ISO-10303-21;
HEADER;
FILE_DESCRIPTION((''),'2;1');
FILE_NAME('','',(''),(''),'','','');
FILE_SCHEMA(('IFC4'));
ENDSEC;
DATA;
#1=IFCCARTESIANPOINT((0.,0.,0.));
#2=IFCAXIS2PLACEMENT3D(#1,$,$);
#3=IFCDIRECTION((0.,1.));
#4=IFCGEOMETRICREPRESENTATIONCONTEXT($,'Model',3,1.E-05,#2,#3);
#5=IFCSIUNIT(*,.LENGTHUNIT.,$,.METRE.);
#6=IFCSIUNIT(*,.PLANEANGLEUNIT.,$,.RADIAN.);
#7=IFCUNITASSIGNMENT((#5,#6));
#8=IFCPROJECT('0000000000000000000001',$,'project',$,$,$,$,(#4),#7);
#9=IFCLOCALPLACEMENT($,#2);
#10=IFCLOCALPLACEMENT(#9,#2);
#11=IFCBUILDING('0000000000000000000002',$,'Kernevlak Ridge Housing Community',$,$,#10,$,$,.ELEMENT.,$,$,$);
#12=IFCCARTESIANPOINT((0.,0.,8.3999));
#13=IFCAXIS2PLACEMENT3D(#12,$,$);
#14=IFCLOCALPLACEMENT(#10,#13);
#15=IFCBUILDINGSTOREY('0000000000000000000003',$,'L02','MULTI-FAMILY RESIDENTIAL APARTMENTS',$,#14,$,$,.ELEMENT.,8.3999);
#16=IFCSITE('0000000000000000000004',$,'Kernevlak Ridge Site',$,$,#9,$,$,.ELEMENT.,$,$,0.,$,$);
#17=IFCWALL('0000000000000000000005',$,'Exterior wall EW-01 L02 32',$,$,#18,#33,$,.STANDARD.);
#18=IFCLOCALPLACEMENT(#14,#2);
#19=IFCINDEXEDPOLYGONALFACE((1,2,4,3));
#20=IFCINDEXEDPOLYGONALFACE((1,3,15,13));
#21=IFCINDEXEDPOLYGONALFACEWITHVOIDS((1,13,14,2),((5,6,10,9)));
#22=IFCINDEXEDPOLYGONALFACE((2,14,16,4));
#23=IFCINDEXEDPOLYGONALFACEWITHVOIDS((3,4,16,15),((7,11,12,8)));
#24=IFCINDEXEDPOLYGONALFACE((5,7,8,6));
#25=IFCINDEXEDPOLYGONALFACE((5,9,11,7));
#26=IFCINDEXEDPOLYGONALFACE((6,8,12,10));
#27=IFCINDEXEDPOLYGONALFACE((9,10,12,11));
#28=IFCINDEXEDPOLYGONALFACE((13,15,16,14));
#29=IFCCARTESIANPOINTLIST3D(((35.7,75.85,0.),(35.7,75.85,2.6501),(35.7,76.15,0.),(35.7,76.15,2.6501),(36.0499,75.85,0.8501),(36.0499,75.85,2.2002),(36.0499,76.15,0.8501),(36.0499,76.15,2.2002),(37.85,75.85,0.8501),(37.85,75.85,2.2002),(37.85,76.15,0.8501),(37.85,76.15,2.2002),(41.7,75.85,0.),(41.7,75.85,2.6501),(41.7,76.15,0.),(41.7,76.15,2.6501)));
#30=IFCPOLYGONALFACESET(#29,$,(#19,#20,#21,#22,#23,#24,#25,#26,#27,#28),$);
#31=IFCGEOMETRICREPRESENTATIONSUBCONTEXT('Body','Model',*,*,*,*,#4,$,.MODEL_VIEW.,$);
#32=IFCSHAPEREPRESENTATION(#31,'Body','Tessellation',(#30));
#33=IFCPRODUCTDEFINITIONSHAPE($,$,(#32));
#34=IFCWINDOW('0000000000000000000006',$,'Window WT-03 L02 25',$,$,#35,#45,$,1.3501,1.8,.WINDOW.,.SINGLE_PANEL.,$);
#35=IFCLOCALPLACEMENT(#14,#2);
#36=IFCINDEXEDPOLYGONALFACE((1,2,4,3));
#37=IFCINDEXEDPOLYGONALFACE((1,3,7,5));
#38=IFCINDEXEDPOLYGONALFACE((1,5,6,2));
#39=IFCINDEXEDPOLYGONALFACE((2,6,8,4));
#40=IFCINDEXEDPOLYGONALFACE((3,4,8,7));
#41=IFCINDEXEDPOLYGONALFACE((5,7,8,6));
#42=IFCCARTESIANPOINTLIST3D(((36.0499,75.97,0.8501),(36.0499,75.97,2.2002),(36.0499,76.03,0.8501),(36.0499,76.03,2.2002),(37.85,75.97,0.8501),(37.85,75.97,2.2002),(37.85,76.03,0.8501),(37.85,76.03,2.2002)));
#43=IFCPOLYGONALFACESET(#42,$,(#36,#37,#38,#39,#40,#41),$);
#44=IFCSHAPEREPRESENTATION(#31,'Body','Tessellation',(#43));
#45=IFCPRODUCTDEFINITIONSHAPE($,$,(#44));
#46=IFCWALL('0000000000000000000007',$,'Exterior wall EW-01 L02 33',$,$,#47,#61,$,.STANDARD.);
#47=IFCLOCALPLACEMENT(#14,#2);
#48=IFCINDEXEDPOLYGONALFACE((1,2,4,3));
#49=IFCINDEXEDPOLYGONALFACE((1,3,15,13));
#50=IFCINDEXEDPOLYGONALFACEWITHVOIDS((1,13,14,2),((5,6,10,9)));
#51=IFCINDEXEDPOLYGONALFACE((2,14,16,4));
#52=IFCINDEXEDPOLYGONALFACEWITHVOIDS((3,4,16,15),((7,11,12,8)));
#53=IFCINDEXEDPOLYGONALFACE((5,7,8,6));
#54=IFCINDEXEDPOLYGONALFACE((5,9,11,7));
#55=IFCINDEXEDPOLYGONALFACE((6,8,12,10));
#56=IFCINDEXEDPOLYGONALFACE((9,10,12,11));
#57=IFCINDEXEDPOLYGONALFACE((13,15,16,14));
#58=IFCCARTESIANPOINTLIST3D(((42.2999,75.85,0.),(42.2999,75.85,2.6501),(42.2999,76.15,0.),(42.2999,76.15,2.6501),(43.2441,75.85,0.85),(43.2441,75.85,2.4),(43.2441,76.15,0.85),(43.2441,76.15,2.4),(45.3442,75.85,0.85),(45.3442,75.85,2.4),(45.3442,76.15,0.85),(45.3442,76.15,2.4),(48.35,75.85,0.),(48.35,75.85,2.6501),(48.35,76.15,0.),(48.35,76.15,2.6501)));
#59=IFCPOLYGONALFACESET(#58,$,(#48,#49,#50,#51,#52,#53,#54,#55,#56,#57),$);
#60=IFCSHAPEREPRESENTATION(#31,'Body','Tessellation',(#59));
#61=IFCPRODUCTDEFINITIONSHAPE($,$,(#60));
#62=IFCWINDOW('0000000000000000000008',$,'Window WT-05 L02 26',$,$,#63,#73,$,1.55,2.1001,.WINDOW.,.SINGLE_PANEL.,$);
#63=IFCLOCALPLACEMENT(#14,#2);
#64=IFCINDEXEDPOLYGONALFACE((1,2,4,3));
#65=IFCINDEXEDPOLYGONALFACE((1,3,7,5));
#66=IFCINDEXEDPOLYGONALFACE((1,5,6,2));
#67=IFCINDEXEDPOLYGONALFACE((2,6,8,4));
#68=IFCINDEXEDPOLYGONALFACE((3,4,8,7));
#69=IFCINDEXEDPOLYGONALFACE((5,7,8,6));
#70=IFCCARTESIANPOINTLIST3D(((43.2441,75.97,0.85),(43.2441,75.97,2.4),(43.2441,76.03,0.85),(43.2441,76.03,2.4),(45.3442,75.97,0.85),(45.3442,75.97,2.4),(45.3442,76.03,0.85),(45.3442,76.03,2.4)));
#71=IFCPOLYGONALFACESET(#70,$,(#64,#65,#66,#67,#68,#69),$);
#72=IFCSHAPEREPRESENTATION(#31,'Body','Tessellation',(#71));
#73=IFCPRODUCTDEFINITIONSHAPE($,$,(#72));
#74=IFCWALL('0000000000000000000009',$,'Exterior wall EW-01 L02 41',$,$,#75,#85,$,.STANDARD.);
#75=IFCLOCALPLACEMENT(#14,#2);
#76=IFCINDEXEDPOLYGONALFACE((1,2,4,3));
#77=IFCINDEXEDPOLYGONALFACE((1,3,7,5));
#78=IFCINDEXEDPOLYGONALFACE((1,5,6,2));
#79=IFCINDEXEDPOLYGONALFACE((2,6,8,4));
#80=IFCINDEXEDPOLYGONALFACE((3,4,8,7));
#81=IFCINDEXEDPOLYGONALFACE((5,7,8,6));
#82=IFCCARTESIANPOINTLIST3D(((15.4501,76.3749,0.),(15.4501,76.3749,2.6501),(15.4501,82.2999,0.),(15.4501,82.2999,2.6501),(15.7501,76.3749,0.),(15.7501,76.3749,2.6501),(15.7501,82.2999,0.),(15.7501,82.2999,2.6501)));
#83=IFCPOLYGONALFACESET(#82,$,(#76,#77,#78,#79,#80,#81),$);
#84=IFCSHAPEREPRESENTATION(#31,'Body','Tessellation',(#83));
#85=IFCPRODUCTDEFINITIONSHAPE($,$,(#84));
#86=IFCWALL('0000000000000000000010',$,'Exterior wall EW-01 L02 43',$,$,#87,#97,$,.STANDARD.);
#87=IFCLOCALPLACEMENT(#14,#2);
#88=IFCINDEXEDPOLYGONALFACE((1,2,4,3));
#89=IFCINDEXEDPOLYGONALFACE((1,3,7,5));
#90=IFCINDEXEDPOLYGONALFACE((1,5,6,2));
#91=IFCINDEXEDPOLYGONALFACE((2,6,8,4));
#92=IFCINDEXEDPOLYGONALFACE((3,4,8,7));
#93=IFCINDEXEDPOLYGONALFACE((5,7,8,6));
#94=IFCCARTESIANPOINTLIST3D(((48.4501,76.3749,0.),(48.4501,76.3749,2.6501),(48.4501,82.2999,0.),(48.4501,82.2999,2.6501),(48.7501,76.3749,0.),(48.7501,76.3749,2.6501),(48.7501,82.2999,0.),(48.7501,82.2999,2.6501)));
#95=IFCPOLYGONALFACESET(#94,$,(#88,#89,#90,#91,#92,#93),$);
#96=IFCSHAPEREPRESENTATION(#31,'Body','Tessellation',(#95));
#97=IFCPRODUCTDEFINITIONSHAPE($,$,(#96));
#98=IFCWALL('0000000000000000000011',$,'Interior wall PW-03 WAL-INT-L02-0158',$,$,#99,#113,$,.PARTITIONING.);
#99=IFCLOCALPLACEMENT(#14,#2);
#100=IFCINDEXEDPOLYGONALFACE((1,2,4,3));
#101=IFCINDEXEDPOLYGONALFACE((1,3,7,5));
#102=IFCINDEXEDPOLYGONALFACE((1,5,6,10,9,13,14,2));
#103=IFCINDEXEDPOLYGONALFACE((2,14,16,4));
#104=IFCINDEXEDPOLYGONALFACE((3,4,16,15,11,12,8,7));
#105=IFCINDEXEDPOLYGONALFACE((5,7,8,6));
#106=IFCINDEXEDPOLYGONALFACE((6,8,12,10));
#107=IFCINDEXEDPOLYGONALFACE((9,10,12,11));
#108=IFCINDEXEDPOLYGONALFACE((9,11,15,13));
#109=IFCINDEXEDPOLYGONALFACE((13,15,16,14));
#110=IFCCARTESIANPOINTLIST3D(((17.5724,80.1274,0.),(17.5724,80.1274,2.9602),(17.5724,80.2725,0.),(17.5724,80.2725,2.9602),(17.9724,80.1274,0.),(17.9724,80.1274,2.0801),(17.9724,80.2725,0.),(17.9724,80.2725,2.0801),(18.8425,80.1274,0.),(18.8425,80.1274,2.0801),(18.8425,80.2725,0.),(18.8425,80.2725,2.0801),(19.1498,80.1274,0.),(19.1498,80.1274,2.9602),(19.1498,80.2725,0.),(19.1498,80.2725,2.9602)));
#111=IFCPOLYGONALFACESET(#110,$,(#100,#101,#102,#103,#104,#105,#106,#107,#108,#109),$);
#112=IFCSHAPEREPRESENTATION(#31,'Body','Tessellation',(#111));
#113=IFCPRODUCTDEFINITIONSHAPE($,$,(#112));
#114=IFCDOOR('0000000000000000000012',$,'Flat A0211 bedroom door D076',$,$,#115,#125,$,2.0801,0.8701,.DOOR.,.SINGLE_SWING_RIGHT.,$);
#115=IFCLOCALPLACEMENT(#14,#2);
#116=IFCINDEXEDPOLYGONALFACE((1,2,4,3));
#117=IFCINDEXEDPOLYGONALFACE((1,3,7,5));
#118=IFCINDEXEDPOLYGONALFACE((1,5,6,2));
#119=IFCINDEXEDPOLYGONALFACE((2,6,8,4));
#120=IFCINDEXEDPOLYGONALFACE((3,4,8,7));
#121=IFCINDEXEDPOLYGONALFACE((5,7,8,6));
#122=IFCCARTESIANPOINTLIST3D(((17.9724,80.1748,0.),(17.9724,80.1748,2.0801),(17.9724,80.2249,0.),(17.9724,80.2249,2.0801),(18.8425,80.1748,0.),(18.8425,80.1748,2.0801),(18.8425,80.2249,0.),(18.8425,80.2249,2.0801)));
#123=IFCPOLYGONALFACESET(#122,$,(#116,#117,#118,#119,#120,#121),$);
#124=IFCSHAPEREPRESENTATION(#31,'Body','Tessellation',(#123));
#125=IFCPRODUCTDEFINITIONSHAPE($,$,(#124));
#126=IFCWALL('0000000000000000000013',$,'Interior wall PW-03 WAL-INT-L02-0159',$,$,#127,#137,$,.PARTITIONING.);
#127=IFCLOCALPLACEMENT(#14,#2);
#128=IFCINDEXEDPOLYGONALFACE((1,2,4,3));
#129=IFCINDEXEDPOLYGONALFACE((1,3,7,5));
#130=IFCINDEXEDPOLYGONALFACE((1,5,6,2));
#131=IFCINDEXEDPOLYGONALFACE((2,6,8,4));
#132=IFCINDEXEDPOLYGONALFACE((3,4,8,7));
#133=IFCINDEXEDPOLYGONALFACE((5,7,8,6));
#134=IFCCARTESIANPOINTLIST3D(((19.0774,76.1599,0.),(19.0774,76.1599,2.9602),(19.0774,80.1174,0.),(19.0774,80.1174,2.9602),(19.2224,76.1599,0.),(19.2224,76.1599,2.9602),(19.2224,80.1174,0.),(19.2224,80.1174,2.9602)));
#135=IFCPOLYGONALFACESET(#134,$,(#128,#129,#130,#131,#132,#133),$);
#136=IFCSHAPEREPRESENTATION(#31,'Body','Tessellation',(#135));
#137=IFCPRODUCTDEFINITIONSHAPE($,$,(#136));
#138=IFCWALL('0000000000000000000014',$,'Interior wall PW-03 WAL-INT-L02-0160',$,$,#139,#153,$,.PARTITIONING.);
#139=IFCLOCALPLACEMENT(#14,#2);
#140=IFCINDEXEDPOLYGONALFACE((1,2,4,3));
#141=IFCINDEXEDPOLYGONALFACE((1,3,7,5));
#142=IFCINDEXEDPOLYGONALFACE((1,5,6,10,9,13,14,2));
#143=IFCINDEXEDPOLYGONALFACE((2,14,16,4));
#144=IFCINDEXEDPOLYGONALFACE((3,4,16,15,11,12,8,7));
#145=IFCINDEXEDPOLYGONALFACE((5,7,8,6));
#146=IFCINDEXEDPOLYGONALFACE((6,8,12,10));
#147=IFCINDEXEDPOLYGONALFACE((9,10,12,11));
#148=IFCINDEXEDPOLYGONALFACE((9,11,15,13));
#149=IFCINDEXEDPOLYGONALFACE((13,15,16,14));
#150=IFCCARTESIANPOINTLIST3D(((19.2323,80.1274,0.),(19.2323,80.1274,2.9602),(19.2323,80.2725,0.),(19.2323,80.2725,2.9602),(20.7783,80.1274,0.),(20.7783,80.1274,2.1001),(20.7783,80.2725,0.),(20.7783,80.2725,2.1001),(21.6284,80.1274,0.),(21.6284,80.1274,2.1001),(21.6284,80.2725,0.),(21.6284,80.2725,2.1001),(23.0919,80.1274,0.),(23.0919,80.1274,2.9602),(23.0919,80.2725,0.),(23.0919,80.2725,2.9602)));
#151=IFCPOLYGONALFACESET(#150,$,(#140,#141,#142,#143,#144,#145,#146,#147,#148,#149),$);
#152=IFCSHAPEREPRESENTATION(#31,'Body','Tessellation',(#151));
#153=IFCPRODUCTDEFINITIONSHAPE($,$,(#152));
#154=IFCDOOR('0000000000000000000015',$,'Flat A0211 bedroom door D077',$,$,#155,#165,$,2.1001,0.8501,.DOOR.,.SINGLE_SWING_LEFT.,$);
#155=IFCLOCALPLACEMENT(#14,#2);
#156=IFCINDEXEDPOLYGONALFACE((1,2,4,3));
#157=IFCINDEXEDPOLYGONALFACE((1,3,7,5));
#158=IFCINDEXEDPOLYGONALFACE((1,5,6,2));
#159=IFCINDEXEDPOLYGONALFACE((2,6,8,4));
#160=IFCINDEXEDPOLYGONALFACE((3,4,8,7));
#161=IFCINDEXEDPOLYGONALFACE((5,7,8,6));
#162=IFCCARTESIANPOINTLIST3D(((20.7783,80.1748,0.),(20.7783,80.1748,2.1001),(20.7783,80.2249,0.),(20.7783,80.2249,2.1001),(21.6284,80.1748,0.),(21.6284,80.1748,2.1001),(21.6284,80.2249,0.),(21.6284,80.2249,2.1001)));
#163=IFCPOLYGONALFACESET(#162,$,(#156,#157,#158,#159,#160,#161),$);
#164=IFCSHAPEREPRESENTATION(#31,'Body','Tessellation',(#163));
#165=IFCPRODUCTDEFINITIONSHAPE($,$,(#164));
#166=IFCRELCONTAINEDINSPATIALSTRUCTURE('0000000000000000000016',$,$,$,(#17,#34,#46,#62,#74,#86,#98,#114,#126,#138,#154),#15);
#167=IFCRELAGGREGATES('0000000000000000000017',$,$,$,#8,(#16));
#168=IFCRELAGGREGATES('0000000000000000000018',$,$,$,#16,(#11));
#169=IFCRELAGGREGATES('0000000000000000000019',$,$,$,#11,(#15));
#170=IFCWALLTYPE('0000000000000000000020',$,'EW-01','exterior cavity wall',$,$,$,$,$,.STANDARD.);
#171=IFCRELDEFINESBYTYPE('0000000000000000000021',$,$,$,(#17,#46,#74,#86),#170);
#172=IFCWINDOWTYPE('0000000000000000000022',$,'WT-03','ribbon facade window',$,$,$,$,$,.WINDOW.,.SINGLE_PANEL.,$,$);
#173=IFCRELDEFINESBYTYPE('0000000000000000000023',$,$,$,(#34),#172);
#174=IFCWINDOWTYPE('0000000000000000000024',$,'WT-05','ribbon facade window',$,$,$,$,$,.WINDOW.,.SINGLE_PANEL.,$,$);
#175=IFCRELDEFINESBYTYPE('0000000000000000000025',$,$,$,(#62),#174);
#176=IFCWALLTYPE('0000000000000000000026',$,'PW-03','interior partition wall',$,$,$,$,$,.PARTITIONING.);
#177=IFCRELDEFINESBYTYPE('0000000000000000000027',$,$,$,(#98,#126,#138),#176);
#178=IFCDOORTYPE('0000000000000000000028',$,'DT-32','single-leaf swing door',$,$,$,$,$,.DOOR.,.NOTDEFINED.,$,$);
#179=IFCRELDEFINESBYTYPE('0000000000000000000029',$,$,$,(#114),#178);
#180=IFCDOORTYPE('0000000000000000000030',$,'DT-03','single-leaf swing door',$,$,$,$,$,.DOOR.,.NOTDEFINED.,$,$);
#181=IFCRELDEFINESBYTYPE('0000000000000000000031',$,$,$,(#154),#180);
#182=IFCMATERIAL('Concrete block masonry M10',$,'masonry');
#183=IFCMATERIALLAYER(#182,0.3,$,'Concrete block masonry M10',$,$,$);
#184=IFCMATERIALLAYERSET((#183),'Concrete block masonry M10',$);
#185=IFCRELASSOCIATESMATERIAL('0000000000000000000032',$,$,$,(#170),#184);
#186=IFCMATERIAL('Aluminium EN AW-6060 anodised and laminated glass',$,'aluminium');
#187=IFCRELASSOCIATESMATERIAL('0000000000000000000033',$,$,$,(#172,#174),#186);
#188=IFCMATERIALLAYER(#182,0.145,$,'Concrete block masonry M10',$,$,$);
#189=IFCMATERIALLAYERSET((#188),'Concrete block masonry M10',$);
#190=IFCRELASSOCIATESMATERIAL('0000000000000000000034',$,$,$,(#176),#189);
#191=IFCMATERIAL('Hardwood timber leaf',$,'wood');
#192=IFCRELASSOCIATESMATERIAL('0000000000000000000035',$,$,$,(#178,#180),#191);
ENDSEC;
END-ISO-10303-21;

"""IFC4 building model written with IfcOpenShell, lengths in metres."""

from ifc_helpers import new_model, si_unit, direction, frame, frame_2d, origin, place, context, subcontext, project, spatial, rectangle, extrude, material, layer, layer_set, type_object, element, fill, save


model = new_model("IFC4")

# Units and contexts
model_context = context("Model", 3, precision=1e-05, world=origin(), true_north=direction((0.0, 1.0)))
body_context = subcontext(model_context, "Body", "Model", "MODEL_VIEW")
ifc_project = project(units=[si_unit("LENGTHUNIT", "METRE"), si_unit("PLANEANGLEUNIT", "RADIAN")], contexts=[model_context])

# Site, building, storey
site_placement = place(None, origin())
site = spatial("IfcSite", under=ifc_project, at=site_placement, Name="Kernevlak Ridge Site", CompositionType="ELEMENT", RefElevation=0.0)
building_placement = place(site_placement, origin())
building = spatial("IfcBuilding", under=site, at=building_placement, Name="Kernevlak Ridge Housing Community", CompositionType="ELEMENT")
storey_placement = place(building_placement, frame((0.0, 0.0, 8.3999)))
storey = spatial("IfcBuildingStorey", under=building, at=storey_placement, Name="L02", Description="MULTI-FAMILY RESIDENTIAL APARTMENTS", CompositionType="ELEMENT", Elevation=8.3999)

# Shared definitions
ifc_material_1 = material(Name="Concrete block masonry M10", Category="masonry")
ifc_layer_1 = layer(ifc_material_1, 0.3, Name="Concrete block masonry M10")
ifc_layer_set_1 = layer_set([ifc_layer_1], Name="Concrete block masonry M10")
wall_type_1 = type_object("IfcWallType", Name="EW-01", Description="exterior cavity wall", PredefinedType="STANDARD", material=ifc_layer_set_1)

# Walls, openings, windows
ifc_material_2 = material(Name="Aluminium EN AW-6060 anodised and laminated glass", Category="aluminium")
window_type_1 = type_object("IfcWindowType", Name="WT-03", Description="ribbon facade window", PartitioningType="SINGLE_PANEL", PredefinedType="WINDOW", material=ifc_material_2)
wall_1_placement = place(storey_placement, frame((35.7, 76.0, 0.0), z_axis=(0.0, 0.0, 1.0), x_axis=(1.0, 0.0, 0.0)))
wall_1 = element("IfcWall", 1, at=wall_1_placement, inside=storey, type_object=wall_type_1, Name="Exterior wall EW-01 L02 32", PredefinedType="STANDARD", context=body_context, shape_type="SweptSolid", body=[
    extrude(rectangle(XDim=6.0, YDim=0.3, at=frame_2d((3.0, 0.0))), origin(), (0.0, 0.0, 1.0), 2.6501),
])
opening_1_placement = place(wall_1_placement, frame((0.3501, 0.0, 0.8501)))
opening_1 = element("IfcOpeningElement", 2, at=opening_1_placement, cuts=wall_1, PredefinedType="OPENING", context=body_context, shape_type="SweptSolid", body=[
    extrude(rectangle(XDim=1.8, YDim=1.3501, at=frame_2d((0.8999, 0.675))), frame((0.0, 0.1599, 0.0), z_axis=(0.0, -1.0, 0.0), x_axis=(1.0, 0.0, 0.0)), (0.0, 0.0, 1.0), 0.3201),
])
window_1_placement = place(opening_1_placement, origin())
window_1 = element("IfcWindow", 3, at=window_1_placement, inside=storey, type_object=window_type_1, Name="Window WT-03 L02 25", OverallHeight=1.3501, OverallWidth=1.8, PartitioningType="SINGLE_PANEL", PredefinedType="WINDOW", context=body_context, shape_type="SweptSolid", body=[
    extrude(rectangle(XDim=1.8, YDim=1.3501, at=frame_2d((0.8999, 0.675))), frame((0.0, 0.03, 0.0), z_axis=(0.0, -1.0, 0.0), x_axis=(1.0, 0.0, 0.0)), (0.0, 0.0, 1.0), 0.0601),
])
fill(opening_1, window_1)
wall_2_placement = place(storey_placement, frame((42.3, 76.0, 0.0), z_axis=(0.0, 0.0, 1.0), x_axis=(1.0, 0.0, 0.0)))
wall_2 = element("IfcWall", 4, at=wall_2_placement, inside=storey, type_object=wall_type_1, Name="Exterior wall EW-01 L02 33", PredefinedType="STANDARD", context=body_context, shape_type="SweptSolid", body=[
    extrude(rectangle(XDim=6.05, YDim=0.3, at=frame_2d((3.0249, 0.0))), origin(), (0.0, 0.0, 1.0), 2.6501),
])
opening_2_placement = place(wall_2_placement, frame((0.9441, 0.0, 0.8501)))
opening_2 = element("IfcOpeningElement", 5, at=opening_2_placement, cuts=wall_2, PredefinedType="OPENING", context=body_context, shape_type="SweptSolid", body=[
    extrude(rectangle(XDim=2.1001, YDim=1.55, at=frame_2d((1.05, 0.7749))), frame((0.0, 0.1599, 0.0), z_axis=(0.0, -1.0, 0.0), x_axis=(1.0, 0.0, 0.0)), (0.0, 0.0, 1.0), 0.3201),
])
window_type_2 = type_object("IfcWindowType", Name="WT-05", Description="ribbon facade window", PartitioningType="SINGLE_PANEL", PredefinedType="WINDOW", material=ifc_material_2)
window_2_placement = place(opening_2_placement, origin())
window_2 = element("IfcWindow", 6, at=window_2_placement, inside=storey, type_object=window_type_2, Name="Window WT-05 L02 26", OverallHeight=1.55, OverallWidth=2.1001, PartitioningType="SINGLE_PANEL", PredefinedType="WINDOW", context=body_context, shape_type="SweptSolid", body=[
    extrude(rectangle(XDim=2.1001, YDim=1.55, at=frame_2d((1.05, 0.7749))), frame((0.0, 0.03, 0.0), z_axis=(0.0, -1.0, 0.0), x_axis=(1.0, 0.0, 0.0)), (0.0, 0.0, 1.0), 0.0601),
])
fill(opening_2, window_2)

# Walls
for number, where, z_axis, x_axis, name in (
    (7, (15.6001, 76.375, 0.0), (0.0, 0.0, 1.0), (0.0, 1.0, 0.0), "Exterior wall EW-01 L02 41"),
    (8, (48.6001, 76.375, 0.0), (0.0, 0.0, 1.0), (0.0, 1.0, 0.0), "Exterior wall EW-01 L02 43"),
):
    element("IfcWall", number, at=place(storey_placement, frame(where, z_axis=z_axis, x_axis=x_axis)), inside=storey, type_object=wall_type_1, Name=name, PredefinedType="STANDARD", context=body_context, shape_type="SweptSolid", body=[
        extrude(rectangle(XDim=5.925, YDim=0.3, at=frame_2d((2.9624, 0.0))), origin(), (0.0, 0.0, 1.0), 2.6501),
    ])

# Wall, opening, door
ifc_layer_2 = layer(ifc_material_1, 0.145, Name="Concrete block masonry M10")
ifc_layer_set_2 = layer_set([ifc_layer_2], Name="Concrete block masonry M10")
wall_type_2 = type_object("IfcWallType", Name="PW-03", Description="interior partition wall", PredefinedType="PARTITIONING", material=ifc_layer_set_2)
wall_3_placement = place(storey_placement, frame((17.5725, 80.2, 0.0), z_axis=(0.0, 0.0, 1.0), x_axis=(1.0, 0.0, 0.0)))
wall_3 = element("IfcWall", 9, at=wall_3_placement, inside=storey, type_object=wall_type_2, Name="Interior wall PW-03 WAL-INT-L02-0158", PredefinedType="PARTITIONING", context=body_context, shape_type="SweptSolid", body=[
    extrude(rectangle(XDim=1.5774, YDim=0.145, at=frame_2d((0.7886, 0.0))), origin(), (0.0, 0.0, 1.0), 2.9602),
])
opening_3_placement = place(wall_3_placement, frame((0.3999, 0.0, 0.0)))
opening_3 = element("IfcOpeningElement", 10, at=opening_3_placement, cuts=wall_3, PredefinedType="OPENING", context=body_context, shape_type="SweptSolid", body=[
    extrude(rectangle(XDim=0.8701, YDim=2.0801, at=frame_2d((0.4351, 1.04))), frame((0.0, 0.0825, 0.0), z_axis=(0.0, -1.0, 0.0), x_axis=(1.0, 0.0, 0.0)), (0.0, 0.0, 1.0), 0.165),
])
ifc_material_3 = material(Name="Hardwood timber leaf", Category="wood")
door_type_1 = type_object("IfcDoorType", Name="DT-32", Description="single-leaf swing door", OperationType="NOTDEFINED", PredefinedType="DOOR", material=ifc_material_3)
door_1_placement = place(opening_3_placement, origin())
door_1 = element("IfcDoor", 11, at=door_1_placement, inside=storey, type_object=door_type_1, Name="Flat A0211 bedroom door D076", OperationType="SINGLE_SWING_RIGHT", OverallHeight=2.0801, OverallWidth=0.8701, PredefinedType="DOOR", context=body_context, shape_type="SweptSolid", body=[
    extrude(rectangle(XDim=0.8701, YDim=2.0801, at=frame_2d((0.4351, 1.04))), frame((0.0, 0.0249, 0.0), z_axis=(0.0, -1.0, 0.0), x_axis=(1.0, 0.0, 0.0)), (0.0, 0.0, 1.0), 0.05),
])
fill(opening_3, door_1)

# Wall
wall_4_placement = place(storey_placement, frame((19.1499, 80.1174, 0.0), z_axis=(0.0, 0.0, 1.0), x_axis=(0.0, -1.0, 0.0)))
element("IfcWall", 12, at=wall_4_placement, inside=storey, type_object=wall_type_2, Name="Interior wall PW-03 WAL-INT-L02-0159", PredefinedType="PARTITIONING", context=body_context, shape_type="SweptSolid", body=[
    extrude(rectangle(XDim=3.9575, YDim=0.145, at=frame_2d((1.9788, 0.0))), origin(), (0.0, 0.0, 1.0), 2.9602),
])

# Wall, opening, door
wall_5_placement = place(storey_placement, frame((19.2324, 80.2, 0.0), z_axis=(0.0, 0.0, 1.0), x_axis=(1.0, 0.0, 0.0)))
wall_5 = element("IfcWall", 13, at=wall_5_placement, inside=storey, type_object=wall_type_2, Name="Interior wall PW-03 WAL-INT-L02-0160", PredefinedType="PARTITIONING", context=body_context, shape_type="SweptSolid", body=[
    extrude(rectangle(XDim=3.8596, YDim=0.145, at=frame_2d((1.9297, 0.0))), origin(), (0.0, 0.0, 1.0), 2.9602),
])
opening_4_placement = place(wall_5_placement, frame((1.5459, 0.0, 0.0)))
opening_4 = element("IfcOpeningElement", 14, at=opening_4_placement, cuts=wall_5, PredefinedType="OPENING", context=body_context, shape_type="SweptSolid", body=[
    extrude(rectangle(XDim=0.8501, YDim=2.1001, at=frame_2d((0.425, 1.05))), frame((0.0, 0.0825, 0.0), z_axis=(0.0, -1.0, 0.0), x_axis=(1.0, 0.0, 0.0)), (0.0, 0.0, 1.0), 0.165),
])
door_type_2 = type_object("IfcDoorType", Name="DT-03", Description="single-leaf swing door", OperationType="NOTDEFINED", PredefinedType="DOOR", material=ifc_material_3)
door_2_placement = place(opening_4_placement, origin())
door_2 = element("IfcDoor", 15, at=door_2_placement, inside=storey, type_object=door_type_2, Name="Flat A0211 bedroom door D077", OperationType="SINGLE_SWING_LEFT", OverallHeight=2.1001, OverallWidth=0.8501, PredefinedType="DOOR", context=body_context, shape_type="SweptSolid", body=[
    extrude(rectangle(XDim=0.8501, YDim=2.1001, at=frame_2d((0.425, 1.05))), frame((0.0, 0.0249, 0.0), z_axis=(0.0, -1.0, 0.0), x_axis=(1.0, 0.0, 0.0)), (0.0, 0.0, 1.0), 0.05),
])
fill(opening_4, door_2)

save(model, "model.ifc")
